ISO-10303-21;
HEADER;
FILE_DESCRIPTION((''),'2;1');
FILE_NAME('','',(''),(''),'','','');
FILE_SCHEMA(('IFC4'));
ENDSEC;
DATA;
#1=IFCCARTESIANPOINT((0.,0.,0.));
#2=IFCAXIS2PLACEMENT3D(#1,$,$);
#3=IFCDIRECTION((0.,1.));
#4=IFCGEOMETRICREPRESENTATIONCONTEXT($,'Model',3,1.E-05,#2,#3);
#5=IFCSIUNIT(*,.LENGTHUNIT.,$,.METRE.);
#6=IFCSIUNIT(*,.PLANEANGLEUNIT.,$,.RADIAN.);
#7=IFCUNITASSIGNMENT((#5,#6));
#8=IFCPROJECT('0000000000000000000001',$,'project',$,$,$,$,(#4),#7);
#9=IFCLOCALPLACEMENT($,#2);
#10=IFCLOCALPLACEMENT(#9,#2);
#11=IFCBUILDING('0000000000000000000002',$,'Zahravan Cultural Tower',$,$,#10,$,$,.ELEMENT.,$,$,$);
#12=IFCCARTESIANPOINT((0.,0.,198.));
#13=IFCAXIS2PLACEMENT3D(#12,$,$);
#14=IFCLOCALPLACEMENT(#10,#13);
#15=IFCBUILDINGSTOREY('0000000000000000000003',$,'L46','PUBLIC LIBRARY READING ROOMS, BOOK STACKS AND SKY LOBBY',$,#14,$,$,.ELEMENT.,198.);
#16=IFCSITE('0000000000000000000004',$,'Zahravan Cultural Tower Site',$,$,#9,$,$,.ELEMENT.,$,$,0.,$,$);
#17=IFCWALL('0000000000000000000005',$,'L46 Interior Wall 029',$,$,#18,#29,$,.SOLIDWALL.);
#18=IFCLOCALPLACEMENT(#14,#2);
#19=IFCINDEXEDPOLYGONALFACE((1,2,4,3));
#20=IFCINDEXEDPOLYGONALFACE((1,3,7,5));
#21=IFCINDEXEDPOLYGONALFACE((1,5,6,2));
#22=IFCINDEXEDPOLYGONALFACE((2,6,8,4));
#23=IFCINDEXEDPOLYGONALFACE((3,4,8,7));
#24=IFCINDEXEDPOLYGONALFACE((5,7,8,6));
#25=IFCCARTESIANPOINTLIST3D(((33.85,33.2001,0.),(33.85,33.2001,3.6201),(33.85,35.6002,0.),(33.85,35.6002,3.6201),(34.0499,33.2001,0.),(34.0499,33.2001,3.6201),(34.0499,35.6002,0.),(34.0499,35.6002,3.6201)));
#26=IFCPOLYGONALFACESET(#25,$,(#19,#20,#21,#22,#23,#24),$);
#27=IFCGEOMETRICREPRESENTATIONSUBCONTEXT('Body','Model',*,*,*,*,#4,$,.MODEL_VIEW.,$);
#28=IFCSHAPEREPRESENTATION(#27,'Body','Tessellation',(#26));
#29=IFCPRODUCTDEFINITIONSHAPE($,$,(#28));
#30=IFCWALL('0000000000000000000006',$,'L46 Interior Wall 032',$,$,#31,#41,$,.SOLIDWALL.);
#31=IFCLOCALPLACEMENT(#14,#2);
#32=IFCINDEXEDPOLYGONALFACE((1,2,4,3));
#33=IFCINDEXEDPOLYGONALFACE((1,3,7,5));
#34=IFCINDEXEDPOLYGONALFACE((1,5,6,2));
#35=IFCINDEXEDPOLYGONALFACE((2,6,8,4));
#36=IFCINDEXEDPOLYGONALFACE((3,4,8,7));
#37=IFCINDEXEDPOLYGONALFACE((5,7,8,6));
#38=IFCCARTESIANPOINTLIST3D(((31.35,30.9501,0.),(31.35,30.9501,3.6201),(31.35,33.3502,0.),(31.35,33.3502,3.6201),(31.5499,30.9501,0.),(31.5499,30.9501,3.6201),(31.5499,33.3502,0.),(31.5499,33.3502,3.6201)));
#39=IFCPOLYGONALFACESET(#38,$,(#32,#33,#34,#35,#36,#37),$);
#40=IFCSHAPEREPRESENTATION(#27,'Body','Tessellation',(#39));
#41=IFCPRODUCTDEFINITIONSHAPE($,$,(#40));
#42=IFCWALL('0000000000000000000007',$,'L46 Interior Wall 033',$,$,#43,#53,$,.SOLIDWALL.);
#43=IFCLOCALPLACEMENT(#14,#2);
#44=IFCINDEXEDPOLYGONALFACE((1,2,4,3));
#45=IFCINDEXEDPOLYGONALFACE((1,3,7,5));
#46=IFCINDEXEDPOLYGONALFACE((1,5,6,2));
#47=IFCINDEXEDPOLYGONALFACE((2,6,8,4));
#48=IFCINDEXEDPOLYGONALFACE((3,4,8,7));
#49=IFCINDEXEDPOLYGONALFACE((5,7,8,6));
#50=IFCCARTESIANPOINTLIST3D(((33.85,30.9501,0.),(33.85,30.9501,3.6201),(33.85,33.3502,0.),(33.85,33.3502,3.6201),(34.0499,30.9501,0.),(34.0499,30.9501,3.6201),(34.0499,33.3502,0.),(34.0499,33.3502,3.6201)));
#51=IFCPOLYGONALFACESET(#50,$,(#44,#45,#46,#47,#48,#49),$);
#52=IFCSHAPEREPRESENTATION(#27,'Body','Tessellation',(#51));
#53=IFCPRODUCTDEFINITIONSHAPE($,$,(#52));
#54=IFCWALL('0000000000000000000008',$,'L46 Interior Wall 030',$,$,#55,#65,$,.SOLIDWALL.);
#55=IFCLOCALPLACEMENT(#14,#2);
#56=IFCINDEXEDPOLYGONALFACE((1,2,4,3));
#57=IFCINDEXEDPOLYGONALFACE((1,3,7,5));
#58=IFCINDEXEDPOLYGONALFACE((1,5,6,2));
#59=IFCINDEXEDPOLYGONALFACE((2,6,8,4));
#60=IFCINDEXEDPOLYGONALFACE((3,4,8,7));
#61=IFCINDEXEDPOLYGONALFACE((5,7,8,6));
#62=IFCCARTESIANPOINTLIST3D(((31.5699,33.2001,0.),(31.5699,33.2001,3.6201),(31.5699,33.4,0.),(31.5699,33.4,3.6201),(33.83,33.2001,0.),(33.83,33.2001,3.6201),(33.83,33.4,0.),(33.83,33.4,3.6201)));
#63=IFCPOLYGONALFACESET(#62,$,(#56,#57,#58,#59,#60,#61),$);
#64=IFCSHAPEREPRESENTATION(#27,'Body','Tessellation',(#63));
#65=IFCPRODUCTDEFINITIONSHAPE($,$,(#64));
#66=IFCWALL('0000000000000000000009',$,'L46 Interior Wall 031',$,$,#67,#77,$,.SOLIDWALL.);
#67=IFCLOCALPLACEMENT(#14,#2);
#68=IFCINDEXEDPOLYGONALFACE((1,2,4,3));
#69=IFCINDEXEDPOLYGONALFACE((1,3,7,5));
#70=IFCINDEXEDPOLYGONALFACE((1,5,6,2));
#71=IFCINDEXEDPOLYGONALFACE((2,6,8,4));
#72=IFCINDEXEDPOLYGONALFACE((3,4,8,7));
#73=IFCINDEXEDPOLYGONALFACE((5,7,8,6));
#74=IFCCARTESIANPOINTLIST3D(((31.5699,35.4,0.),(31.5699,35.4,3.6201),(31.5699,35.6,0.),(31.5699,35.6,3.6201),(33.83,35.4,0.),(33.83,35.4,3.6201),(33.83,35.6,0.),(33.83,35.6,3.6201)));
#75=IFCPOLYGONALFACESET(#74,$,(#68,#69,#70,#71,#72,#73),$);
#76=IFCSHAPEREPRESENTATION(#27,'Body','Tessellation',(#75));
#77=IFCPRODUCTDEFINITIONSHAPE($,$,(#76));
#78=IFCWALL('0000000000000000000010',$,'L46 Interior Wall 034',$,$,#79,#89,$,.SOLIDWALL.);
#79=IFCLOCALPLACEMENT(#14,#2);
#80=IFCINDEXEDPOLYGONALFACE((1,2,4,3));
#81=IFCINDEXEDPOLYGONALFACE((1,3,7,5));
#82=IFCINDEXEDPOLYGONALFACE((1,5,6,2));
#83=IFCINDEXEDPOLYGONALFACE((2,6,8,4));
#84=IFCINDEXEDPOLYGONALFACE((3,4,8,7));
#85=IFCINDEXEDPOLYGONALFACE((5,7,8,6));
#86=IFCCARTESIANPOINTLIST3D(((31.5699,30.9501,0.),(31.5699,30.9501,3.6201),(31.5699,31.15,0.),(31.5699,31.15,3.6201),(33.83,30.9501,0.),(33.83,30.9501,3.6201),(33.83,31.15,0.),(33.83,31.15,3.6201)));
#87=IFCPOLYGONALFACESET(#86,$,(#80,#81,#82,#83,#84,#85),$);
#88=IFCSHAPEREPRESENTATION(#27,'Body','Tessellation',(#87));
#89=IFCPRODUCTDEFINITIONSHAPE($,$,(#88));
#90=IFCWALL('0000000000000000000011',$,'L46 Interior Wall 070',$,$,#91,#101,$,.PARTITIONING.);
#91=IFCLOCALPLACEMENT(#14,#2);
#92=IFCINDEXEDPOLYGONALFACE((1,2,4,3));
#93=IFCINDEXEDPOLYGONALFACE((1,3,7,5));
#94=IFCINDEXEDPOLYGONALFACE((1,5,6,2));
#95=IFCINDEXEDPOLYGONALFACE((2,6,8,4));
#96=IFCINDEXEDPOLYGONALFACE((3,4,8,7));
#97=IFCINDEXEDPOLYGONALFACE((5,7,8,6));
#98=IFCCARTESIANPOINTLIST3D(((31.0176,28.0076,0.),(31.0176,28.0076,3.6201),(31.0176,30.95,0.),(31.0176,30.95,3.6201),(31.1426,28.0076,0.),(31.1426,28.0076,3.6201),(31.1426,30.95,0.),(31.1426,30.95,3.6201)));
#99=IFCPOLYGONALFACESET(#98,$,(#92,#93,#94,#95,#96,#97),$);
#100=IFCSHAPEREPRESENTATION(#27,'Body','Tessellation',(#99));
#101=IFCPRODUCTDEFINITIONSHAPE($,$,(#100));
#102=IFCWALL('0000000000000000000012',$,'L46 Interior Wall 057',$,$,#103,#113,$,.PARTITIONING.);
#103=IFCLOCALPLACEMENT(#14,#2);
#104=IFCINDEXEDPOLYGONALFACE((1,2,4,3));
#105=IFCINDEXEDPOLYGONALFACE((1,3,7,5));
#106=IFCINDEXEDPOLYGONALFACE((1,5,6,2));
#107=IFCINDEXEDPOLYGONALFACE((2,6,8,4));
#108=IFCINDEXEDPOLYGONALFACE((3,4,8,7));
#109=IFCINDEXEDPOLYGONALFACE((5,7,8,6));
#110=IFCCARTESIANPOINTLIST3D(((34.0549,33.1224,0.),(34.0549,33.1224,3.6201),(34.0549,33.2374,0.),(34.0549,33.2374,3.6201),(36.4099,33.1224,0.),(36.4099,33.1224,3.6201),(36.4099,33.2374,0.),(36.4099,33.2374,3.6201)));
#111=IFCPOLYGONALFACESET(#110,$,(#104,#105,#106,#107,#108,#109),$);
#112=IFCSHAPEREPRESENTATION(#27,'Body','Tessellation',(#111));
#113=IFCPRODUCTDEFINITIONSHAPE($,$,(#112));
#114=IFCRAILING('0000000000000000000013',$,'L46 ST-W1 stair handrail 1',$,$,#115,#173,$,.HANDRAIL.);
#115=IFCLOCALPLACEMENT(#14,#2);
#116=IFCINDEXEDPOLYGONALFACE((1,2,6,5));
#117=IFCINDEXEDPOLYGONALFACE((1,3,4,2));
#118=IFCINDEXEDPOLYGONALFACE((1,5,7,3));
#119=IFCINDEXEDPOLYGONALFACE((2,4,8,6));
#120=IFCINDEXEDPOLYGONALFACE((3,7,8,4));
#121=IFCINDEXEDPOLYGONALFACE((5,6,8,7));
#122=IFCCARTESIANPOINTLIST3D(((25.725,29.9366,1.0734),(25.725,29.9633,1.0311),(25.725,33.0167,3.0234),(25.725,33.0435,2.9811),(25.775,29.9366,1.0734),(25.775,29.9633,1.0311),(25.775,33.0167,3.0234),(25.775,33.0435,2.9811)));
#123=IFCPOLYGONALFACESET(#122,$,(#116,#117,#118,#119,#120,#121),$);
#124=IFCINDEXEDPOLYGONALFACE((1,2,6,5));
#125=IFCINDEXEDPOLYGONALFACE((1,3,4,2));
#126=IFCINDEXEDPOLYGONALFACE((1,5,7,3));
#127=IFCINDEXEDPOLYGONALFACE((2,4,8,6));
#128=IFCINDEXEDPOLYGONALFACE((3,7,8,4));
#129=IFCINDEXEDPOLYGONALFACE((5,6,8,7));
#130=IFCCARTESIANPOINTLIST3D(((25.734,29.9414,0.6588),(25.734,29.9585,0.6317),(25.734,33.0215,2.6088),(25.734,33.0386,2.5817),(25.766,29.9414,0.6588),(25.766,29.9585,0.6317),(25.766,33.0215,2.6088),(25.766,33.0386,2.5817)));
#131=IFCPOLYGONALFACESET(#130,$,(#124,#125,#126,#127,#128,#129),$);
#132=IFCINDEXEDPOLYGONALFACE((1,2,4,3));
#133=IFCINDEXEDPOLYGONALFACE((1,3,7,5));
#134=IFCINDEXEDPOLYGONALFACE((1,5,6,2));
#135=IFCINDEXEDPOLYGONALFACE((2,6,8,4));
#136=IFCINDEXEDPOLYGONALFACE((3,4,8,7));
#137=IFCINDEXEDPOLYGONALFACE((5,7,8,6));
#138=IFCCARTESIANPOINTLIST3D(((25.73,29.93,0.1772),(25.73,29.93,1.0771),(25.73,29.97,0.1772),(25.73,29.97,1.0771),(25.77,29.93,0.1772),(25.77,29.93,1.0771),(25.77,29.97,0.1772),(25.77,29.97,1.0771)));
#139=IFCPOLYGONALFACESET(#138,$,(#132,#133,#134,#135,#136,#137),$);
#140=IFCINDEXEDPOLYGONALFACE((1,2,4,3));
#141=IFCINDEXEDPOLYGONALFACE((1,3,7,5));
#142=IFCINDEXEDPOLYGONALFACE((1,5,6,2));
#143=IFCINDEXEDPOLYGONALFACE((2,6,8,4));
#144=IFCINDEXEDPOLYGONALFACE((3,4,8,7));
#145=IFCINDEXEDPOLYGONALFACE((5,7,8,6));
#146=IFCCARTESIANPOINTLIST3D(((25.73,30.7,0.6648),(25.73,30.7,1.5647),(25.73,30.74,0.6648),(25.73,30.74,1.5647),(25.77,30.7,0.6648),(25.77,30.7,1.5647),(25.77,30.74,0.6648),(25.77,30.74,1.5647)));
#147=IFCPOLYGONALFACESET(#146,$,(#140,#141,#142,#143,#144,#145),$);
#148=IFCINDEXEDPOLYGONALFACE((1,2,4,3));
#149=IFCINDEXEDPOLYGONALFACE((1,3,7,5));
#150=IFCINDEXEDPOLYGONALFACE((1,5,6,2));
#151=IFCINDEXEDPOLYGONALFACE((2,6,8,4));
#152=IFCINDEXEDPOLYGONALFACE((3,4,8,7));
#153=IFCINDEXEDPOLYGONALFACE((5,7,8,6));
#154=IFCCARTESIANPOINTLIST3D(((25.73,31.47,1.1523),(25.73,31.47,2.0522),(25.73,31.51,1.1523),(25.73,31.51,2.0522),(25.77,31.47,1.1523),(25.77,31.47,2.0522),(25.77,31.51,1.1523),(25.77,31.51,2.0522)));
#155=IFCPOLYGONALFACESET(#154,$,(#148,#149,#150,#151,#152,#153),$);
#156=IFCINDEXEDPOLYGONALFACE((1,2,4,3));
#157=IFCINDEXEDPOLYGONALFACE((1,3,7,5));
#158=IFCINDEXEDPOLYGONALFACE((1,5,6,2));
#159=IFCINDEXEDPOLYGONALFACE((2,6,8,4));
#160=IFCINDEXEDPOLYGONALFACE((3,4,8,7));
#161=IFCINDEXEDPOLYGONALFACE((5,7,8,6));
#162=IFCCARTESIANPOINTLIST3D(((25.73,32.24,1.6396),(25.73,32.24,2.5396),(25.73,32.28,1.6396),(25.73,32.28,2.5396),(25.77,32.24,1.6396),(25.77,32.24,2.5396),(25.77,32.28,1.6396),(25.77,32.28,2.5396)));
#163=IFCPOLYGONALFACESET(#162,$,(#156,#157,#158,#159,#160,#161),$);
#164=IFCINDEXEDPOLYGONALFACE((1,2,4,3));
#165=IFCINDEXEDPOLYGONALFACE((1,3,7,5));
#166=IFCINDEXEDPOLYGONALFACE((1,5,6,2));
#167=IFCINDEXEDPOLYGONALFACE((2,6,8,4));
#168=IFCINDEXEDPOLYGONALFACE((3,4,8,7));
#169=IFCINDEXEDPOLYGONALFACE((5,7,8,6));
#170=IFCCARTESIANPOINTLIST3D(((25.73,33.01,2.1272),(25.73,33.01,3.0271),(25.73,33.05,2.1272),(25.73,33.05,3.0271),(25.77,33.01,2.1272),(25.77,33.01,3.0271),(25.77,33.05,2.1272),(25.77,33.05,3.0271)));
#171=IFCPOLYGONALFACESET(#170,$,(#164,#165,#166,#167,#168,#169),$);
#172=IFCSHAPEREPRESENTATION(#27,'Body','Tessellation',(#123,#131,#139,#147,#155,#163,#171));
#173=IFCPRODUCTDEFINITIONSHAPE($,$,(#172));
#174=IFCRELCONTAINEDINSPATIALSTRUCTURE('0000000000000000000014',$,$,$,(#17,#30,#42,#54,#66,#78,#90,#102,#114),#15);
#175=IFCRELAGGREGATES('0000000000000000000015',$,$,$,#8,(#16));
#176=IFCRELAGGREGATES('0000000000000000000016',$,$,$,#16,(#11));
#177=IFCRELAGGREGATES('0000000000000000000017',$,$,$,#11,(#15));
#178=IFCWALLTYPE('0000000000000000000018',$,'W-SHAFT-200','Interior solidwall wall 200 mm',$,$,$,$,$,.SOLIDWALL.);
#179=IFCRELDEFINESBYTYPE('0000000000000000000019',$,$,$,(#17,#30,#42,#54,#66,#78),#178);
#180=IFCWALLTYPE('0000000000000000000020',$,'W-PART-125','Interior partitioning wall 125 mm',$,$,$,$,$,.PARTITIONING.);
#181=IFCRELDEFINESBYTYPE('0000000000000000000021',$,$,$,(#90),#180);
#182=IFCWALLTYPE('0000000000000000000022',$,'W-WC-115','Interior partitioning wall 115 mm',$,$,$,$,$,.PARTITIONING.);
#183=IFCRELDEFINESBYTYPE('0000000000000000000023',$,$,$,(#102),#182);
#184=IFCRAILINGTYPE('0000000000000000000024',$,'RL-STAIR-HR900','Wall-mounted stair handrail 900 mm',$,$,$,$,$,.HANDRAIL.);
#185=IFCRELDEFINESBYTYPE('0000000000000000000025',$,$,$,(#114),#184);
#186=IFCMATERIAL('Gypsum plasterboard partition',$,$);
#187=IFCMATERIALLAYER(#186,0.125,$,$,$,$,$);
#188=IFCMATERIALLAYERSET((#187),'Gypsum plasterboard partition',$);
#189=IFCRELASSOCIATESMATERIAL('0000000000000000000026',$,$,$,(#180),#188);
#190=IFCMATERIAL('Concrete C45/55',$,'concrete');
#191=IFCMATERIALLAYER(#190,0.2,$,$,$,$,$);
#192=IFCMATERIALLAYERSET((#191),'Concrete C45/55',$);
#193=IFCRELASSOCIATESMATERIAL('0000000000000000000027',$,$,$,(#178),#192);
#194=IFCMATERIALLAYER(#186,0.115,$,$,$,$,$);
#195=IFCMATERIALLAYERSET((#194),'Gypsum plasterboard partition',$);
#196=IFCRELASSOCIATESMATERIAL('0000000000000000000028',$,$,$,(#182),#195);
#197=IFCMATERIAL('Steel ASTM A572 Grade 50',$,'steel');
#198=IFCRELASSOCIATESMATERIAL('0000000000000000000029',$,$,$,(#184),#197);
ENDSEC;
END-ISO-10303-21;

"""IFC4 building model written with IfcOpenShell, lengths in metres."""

from ifc_helpers import new_model, si_unit, direction, frame, frame_2d, origin, origin_2d, place, context, subcontext, project, spatial, rectangle, extrude, source, transform, mapped, material, layer, layer_set, type_object, element, save


model = new_model("IFC4")

# Units and contexts
model_context = context("Model", 3, precision=1e-05, world=origin(), true_north=direction((0.0, 1.0)))
body_context = subcontext(model_context, "Body", "Model", "MODEL_VIEW")
ifc_project = project(units=[si_unit("LENGTHUNIT", "METRE"), si_unit("PLANEANGLEUNIT", "RADIAN")], contexts=[model_context])

# Site, building, storey
site_placement = place(None, origin())
site = spatial("IfcSite", under=ifc_project, at=site_placement, Name="Zahravan Cultural Tower Site", CompositionType="ELEMENT", RefElevation=0.0)
building_placement = place(site_placement, origin())
building = spatial("IfcBuilding", under=site, at=building_placement, Name="Zahravan Cultural Tower", CompositionType="ELEMENT")
storey_placement = place(building_placement, frame((0.0, 0.0, 198.0)))
storey = spatial("IfcBuildingStorey", under=building, at=storey_placement, Name="L46", Description="PUBLIC LIBRARY READING ROOMS, BOOK STACKS AND SKY LOBBY", CompositionType="ELEMENT", Elevation=198.0)

# Shared definitions
ifc_material_1 = material(Name="Steel ASTM A572 Grade 50", Category="steel")
ifc_material_2 = material(Name="Gypsum plasterboard partition")
ifc_layer_1 = layer(ifc_material_2, 0.125)
ifc_layer_set_1 = layer_set([ifc_layer_1], Name="Gypsum plasterboard partition")
wall_type_1 = type_object("IfcWallType", Name="W-PART-125", Description="Interior partitioning wall 125 mm", PredefinedType="PARTITIONING", material=ifc_layer_set_1)
ifc_material_3 = material(Name="Concrete C45/55", Category="concrete")
ifc_layer_2 = layer(ifc_material_3, 0.2)
ifc_layer_set_2 = layer_set([ifc_layer_2], Name="Concrete C45/55")
wall_type_2 = type_object("IfcWallType", Name="W-SHAFT-200", Description="Interior solidwall wall 200 mm", PredefinedType="SOLIDWALL", material=ifc_layer_set_2)
ifc_layer_3 = layer(ifc_material_2, 0.115)
ifc_layer_set_3 = layer_set([ifc_layer_3], Name="Gypsum plasterboard partition")
wall_type_3 = type_object("IfcWallType", Name="W-WC-115", Description="Interior partitioning wall 115 mm", PredefinedType="PARTITIONING", material=ifc_layer_set_3)

# Walls
shared_shape_1 = source(origin(), body_context, "Body", "SweptSolid", [
    extrude(rectangle(XDim=2.4001, YDim=0.2, at=frame_2d((1.2002, 0.0))), origin(), (0.0, 0.0, 1.0), 3.6201),
])
for number, where, z_axis, x_axis, name in (
    (1, (33.95, 33.2, 0.0), (0.0, 0.0, 1.0), (0.0, 1.0, 0.0), "L46 Interior Wall 029"),
    (2, (31.45, 30.95, 0.0), (0.0, 0.0, 1.0), (0.0, 1.0, 0.0), "L46 Interior Wall 032"),
    (3, (33.95, 30.95, 0.0), (0.0, 0.0, 1.0), (0.0, 1.0, 0.0), "L46 Interior Wall 033"),
):
    element("IfcWall", number, at=place(storey_placement, frame(where, z_axis=z_axis, x_axis=x_axis)), inside=storey, type_object=wall_type_2, Name=name, PredefinedType="SOLIDWALL", context=body_context, shape_type="MappedRepresentation", body=[
        mapped(shared_shape_1, transform((0.0, 0.0, 0.0), x_axis=(1.0, 0.0, 0.0), y_axis=(0.0, 1.0, 0.0), z_axis=(0.0, 0.0, 1.0), scale=1.0)),
    ])
shared_shape_2 = source(origin(), body_context, "Body", "SweptSolid", [
    extrude(rectangle(XDim=2.26, YDim=0.2, at=frame_2d((1.1299, 0.0))), origin(), (0.0, 0.0, 1.0), 3.6201),
])
for number, where, z_axis, x_axis, name in (
    (4, (31.5701, 33.3, 0.0), (0.0, 0.0, 1.0), (1.0, 0.0, 0.0), "L46 Interior Wall 030"),
    (5, (31.5701, 35.5, 0.0), (0.0, 0.0, 1.0), (1.0, 0.0, 0.0), "L46 Interior Wall 031"),
    (6, (31.5701, 31.05, 0.0), (0.0, 0.0, 1.0), (1.0, 0.0, 0.0), "L46 Interior Wall 034"),
):
    element("IfcWall", number, at=place(storey_placement, frame(where, z_axis=z_axis, x_axis=x_axis)), inside=storey, type_object=wall_type_2, Name=name, PredefinedType="SOLIDWALL", context=body_context, shape_type="MappedRepresentation", body=[
        mapped(shared_shape_2, transform((0.0, 0.0, 0.0), x_axis=(1.0, 0.0, 0.0), y_axis=(0.0, 1.0, 0.0), z_axis=(0.0, 0.0, 1.0), scale=1.0)),
    ])
shared_shape_3 = source(origin(), body_context, "Body", "SweptSolid", [
    extrude(rectangle(XDim=2.9424, YDim=0.125, at=frame_2d((1.4712, 0.0))), origin(), (0.0, 0.0, 1.0), 3.6201),
])
wall_1_placement = place(storey_placement, frame((31.0801, 28.0076, 0.0), z_axis=(0.0, 0.0, 1.0), x_axis=(0.0, 1.0, 0.0)))
element("IfcWall", 7, at=wall_1_placement, inside=storey, type_object=wall_type_1, Name="L46 Interior Wall 070", PredefinedType="PARTITIONING", context=body_context, shape_type="MappedRepresentation", body=[
    mapped(shared_shape_3, transform((0.0, 0.0, 0.0), x_axis=(1.0, 0.0, 0.0), y_axis=(0.0, 1.0, 0.0), z_axis=(0.0, 0.0, 1.0), scale=1.0)),
])
shared_shape_4 = source(origin(), body_context, "Body", "SweptSolid", [
    extrude(rectangle(XDim=2.355, YDim=0.115, at=frame_2d((1.1775, 0.0))), origin(), (0.0, 0.0, 1.0), 3.6201),
])
wall_2_placement = place(storey_placement, frame((34.0549, 33.1799, 0.0), z_axis=(0.0, 0.0, 1.0), x_axis=(1.0, 0.0, 0.0)))
element("IfcWall", 8, at=wall_2_placement, inside=storey, type_object=wall_type_3, Name="L46 Interior Wall 057", PredefinedType="PARTITIONING", context=body_context, shape_type="MappedRepresentation", body=[
    mapped(shared_shape_4, transform((0.0, 0.0, 0.0), x_axis=(1.0, 0.0, 0.0), y_axis=(0.0, 1.0, 0.0), z_axis=(0.0, 0.0, 1.0), scale=1.0)),
])

# Railing
railing_type = type_object("IfcRailingType", Name="RL-STAIR-HR900", Description="Wall-mounted stair handrail 900 mm", PredefinedType="HANDRAIL", material=ifc_material_1)
railing_placement = place(storey_placement, frame((25.75, 29.95, 0.1772)))
element("IfcRailing", 9, at=railing_placement, inside=storey, type_object=railing_type, Name="L46 ST-W1 stair handrail 1", PredefinedType="HANDRAIL", context=body_context, shape_type="SweptSolid", body=[
    extrude(rectangle(XDim=0.05, YDim=0.05, at=origin_2d()), frame((0.0, 0.0, 0.875), z_axis=(0.0, 0.844914, 0.534902), x_axis=(-1.0, 0.0, 0.0)), (0.0, 0.0, 1.0), 3.6455),
    extrude(rectangle(XDim=0.032, YDim=0.032, at=origin_2d()), frame((0.0, 0.0, 0.468), z_axis=(0.0, 0.844914, 0.534902), x_axis=(-1.0, 0.0, 0.0)), (0.0, 0.0, 1.0), 3.6455),
    extrude(rectangle(XDim=0.04, YDim=0.04, at=origin_2d()), origin(), (0.0, 0.0, 1.0), 0.8999),
    extrude(rectangle(XDim=0.04, YDim=0.04, at=origin_2d()), frame((0.0, 0.77, 0.4875)), (0.0, 0.0, 1.0), 0.8999),
    extrude(rectangle(XDim=0.04, YDim=0.04, at=origin_2d()), frame((0.0, 1.54, 0.9751)), (0.0, 0.0, 1.0), 0.8999),
    extrude(rectangle(XDim=0.04, YDim=0.04, at=origin_2d()), frame((0.0, 2.3101, 1.4624)), (0.0, 0.0, 1.0), 0.8999),
    extrude(rectangle(XDim=0.04, YDim=0.04, at=origin_2d()), frame((0.0, 3.0801, 1.95)), (0.0, 0.0, 1.0), 0.8999),
])

save(model, "model.ifc")
